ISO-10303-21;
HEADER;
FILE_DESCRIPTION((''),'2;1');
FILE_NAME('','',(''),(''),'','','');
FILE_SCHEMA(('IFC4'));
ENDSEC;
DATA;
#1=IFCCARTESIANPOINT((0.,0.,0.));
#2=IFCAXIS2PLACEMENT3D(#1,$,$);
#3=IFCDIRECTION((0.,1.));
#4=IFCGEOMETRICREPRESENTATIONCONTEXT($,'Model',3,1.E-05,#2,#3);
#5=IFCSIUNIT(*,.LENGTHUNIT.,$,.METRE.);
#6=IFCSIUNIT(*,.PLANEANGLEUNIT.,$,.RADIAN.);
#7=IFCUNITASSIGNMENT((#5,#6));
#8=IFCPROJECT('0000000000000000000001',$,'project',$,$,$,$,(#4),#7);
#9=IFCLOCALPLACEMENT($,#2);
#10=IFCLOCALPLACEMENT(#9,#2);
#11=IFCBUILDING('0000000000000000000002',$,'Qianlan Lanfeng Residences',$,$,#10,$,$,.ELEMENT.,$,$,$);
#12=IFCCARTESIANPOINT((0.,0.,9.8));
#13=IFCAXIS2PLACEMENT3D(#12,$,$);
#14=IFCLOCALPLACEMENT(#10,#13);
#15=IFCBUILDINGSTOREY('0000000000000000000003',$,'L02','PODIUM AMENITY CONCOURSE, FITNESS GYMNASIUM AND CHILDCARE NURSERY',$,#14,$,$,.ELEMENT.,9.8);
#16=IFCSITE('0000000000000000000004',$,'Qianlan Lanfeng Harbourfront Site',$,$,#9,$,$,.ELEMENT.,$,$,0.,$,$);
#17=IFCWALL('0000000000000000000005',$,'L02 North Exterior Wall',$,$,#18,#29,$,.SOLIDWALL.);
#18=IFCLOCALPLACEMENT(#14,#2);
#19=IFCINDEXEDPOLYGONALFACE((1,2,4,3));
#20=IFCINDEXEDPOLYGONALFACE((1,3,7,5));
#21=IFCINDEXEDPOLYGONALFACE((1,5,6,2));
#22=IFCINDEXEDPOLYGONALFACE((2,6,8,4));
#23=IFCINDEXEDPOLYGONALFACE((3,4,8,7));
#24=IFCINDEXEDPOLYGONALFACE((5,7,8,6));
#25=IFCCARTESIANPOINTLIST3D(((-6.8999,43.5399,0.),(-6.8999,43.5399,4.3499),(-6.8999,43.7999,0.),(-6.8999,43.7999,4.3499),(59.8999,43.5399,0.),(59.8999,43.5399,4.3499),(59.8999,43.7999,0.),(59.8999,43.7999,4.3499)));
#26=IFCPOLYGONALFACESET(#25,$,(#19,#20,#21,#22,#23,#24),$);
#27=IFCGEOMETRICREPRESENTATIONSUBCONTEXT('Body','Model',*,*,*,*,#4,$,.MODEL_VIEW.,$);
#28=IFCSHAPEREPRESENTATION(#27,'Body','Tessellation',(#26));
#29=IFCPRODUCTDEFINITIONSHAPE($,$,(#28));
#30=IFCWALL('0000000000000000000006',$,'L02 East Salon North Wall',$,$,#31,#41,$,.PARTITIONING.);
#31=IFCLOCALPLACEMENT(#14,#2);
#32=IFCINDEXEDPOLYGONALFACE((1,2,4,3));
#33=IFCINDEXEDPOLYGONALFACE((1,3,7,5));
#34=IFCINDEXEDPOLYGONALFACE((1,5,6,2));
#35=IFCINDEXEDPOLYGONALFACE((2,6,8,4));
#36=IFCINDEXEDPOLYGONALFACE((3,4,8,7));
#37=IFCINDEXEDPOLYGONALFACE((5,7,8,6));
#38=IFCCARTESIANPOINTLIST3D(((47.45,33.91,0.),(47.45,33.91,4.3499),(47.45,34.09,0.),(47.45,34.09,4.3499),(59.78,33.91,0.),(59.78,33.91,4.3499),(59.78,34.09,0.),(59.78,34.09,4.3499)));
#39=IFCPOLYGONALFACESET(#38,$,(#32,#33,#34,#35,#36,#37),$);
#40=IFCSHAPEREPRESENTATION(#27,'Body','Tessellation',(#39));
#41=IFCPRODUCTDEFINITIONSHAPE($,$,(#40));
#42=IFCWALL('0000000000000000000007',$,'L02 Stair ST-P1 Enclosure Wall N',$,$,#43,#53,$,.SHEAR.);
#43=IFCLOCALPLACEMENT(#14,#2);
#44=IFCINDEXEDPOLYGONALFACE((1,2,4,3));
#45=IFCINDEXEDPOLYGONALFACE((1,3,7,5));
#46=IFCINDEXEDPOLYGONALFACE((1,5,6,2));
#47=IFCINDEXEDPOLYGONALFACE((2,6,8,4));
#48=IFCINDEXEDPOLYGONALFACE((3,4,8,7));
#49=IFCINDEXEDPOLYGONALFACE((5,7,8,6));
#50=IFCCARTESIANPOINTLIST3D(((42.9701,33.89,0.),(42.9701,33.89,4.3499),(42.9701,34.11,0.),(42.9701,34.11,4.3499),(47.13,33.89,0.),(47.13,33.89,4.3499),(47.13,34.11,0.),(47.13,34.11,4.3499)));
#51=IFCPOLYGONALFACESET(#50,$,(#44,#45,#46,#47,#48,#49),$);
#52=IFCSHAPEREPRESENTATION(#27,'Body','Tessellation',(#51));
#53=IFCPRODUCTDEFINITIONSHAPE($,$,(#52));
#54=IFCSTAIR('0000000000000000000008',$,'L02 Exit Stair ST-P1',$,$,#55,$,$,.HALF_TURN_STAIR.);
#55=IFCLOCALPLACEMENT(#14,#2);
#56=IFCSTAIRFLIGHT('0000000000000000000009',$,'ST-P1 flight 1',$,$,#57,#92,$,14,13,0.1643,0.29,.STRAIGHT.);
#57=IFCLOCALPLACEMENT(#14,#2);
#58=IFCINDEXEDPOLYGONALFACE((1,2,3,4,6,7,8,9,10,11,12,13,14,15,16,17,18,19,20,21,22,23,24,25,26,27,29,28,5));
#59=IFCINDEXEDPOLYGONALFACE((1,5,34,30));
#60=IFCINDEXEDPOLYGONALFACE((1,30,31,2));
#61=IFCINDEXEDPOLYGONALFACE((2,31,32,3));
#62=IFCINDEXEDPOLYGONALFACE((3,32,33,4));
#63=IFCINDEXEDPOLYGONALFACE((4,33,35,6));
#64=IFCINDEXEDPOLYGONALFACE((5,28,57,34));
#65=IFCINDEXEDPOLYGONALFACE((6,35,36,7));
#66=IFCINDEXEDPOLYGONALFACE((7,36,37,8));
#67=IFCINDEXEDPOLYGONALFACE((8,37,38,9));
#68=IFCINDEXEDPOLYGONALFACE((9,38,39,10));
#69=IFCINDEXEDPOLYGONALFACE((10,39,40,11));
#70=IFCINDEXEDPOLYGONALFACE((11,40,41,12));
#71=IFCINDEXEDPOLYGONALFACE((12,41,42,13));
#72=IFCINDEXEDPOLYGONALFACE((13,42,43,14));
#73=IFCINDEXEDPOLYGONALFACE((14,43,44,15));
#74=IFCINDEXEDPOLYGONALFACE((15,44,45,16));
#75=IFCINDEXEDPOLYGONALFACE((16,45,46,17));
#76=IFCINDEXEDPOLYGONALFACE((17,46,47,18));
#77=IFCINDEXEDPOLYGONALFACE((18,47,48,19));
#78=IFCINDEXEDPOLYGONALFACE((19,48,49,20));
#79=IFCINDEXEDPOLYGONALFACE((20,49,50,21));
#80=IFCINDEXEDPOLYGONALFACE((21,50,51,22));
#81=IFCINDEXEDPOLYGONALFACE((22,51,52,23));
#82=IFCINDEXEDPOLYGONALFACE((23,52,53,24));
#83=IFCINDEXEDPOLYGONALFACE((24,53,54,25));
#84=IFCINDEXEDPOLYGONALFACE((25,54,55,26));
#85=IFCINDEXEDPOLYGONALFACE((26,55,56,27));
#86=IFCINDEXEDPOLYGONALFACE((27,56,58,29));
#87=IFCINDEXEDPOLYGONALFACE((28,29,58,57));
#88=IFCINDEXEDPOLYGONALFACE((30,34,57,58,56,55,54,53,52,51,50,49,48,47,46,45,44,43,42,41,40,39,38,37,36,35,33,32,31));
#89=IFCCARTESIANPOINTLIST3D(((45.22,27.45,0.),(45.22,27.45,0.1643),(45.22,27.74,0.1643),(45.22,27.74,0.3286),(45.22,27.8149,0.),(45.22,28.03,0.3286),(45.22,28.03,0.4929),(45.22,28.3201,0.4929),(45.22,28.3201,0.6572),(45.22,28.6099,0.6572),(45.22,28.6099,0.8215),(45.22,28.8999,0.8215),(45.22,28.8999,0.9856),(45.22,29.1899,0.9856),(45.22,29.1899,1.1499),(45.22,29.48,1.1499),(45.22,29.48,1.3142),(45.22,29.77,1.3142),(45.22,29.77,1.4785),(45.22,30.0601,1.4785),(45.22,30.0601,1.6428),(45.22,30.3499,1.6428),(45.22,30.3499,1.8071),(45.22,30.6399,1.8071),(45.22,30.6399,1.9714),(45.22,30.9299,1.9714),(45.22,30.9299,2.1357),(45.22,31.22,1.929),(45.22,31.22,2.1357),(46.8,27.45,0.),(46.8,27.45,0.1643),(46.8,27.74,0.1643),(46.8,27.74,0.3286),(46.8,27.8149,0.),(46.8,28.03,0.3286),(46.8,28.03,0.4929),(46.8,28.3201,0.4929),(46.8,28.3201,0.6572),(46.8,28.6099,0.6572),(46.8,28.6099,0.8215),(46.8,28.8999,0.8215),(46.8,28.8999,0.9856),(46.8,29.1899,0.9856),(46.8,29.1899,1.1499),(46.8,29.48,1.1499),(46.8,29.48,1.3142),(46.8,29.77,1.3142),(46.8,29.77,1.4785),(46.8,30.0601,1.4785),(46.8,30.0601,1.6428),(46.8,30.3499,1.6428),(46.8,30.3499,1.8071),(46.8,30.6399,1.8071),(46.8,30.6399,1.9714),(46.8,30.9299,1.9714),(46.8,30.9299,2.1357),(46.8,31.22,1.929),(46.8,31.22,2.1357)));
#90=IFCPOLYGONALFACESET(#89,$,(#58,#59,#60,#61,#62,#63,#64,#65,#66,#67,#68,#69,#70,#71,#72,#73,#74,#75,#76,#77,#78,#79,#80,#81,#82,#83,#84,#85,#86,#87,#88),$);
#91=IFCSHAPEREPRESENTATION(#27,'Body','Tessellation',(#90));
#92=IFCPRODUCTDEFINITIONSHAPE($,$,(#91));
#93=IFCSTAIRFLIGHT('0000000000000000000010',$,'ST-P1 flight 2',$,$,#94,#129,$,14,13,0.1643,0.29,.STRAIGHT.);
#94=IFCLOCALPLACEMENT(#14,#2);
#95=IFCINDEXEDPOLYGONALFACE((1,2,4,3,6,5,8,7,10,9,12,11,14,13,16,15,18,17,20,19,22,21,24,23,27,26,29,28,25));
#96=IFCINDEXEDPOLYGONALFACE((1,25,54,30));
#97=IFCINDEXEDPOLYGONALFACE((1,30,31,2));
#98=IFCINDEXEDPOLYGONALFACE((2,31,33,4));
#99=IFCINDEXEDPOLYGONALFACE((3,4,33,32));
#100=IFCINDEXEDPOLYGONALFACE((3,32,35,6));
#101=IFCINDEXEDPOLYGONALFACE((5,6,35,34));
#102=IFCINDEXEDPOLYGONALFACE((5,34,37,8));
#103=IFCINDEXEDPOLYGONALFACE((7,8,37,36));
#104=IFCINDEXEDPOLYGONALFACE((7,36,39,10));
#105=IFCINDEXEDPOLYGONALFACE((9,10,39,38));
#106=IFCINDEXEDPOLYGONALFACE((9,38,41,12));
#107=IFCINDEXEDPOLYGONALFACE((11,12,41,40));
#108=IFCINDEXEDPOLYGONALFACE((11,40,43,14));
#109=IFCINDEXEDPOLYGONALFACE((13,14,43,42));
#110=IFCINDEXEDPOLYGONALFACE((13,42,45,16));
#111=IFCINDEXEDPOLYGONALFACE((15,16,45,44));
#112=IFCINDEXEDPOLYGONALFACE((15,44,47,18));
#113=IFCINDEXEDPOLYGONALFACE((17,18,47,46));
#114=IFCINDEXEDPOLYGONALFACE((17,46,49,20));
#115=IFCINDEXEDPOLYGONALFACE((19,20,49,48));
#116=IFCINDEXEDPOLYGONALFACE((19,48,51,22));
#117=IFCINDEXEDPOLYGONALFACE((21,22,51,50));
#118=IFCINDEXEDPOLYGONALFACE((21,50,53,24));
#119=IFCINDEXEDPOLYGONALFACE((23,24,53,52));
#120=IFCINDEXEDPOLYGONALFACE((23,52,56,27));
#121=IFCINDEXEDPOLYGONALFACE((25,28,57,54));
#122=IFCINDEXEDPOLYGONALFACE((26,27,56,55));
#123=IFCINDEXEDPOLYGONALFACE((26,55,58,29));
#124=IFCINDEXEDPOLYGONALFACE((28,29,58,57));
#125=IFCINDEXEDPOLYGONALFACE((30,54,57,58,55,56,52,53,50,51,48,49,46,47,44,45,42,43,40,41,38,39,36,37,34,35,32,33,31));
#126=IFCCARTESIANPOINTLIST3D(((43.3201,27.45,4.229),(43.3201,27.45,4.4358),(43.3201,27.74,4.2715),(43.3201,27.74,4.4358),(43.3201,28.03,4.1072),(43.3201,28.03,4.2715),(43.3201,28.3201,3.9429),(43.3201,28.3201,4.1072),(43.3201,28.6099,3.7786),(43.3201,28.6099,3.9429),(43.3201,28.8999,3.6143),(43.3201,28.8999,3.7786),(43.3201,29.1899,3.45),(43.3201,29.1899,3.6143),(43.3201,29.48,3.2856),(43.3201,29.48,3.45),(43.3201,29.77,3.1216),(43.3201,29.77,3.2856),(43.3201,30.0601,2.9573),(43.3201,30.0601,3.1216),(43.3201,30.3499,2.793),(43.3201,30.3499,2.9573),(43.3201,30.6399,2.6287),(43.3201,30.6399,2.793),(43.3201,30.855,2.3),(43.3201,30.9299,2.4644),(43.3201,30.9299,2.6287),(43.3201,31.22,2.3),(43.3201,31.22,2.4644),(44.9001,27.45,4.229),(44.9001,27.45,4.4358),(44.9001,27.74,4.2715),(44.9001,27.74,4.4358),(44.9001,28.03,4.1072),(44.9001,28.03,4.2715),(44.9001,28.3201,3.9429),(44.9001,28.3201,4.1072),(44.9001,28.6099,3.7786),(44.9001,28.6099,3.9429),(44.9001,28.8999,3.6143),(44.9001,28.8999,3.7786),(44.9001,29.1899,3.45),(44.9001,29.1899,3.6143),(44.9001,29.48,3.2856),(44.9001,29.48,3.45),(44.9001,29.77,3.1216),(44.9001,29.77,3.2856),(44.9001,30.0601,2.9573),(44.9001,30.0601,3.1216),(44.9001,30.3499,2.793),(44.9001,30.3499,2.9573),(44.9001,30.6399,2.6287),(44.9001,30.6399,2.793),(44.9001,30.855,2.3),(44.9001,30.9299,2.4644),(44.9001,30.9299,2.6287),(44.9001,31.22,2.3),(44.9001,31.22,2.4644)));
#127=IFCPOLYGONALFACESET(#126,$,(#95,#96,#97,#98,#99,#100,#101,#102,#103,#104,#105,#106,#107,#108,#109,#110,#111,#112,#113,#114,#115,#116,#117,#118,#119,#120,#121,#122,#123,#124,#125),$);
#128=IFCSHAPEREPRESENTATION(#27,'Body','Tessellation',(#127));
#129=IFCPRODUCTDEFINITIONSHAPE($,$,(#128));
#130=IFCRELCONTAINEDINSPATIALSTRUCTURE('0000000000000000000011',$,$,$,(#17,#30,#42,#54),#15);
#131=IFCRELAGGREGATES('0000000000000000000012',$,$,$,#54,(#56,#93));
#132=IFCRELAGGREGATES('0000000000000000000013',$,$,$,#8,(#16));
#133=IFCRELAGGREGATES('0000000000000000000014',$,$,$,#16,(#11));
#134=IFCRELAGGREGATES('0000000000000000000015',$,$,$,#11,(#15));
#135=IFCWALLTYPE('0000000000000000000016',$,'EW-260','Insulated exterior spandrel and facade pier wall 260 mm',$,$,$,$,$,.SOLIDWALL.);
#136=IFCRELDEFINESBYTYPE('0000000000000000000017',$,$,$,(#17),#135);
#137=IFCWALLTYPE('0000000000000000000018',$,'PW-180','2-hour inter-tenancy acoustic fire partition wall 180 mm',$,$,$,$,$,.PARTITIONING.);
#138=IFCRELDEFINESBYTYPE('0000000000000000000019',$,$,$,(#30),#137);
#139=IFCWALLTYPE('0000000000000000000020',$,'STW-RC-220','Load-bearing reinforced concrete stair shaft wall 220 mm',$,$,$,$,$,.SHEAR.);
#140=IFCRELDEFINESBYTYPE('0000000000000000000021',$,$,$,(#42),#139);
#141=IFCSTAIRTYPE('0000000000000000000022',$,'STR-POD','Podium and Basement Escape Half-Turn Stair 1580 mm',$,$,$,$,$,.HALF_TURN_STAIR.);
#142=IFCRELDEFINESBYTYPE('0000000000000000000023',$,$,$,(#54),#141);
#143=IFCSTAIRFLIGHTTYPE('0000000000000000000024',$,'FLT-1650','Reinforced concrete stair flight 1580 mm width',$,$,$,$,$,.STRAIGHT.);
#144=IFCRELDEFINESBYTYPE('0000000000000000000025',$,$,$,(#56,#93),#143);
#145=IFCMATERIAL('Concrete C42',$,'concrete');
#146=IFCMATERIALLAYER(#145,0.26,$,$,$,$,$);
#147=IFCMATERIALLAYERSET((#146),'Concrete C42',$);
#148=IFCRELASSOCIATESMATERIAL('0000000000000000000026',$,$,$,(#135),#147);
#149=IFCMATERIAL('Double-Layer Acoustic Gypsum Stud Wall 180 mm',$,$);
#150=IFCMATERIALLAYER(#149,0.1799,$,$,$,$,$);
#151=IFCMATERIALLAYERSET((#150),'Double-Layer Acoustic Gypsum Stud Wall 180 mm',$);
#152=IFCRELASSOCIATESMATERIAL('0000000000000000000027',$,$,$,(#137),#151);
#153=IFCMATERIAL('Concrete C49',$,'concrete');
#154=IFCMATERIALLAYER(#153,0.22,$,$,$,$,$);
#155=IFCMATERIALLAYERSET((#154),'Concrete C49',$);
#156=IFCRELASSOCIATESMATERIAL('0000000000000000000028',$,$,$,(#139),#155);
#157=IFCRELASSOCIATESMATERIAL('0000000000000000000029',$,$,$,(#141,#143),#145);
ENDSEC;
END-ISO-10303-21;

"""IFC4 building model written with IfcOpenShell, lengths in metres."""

from ifc_helpers import new_model, si_unit, direction, frame, frame_2d, origin, place, context, subcontext, project, spatial, polyline, rectangle, outline, extrude, material, layer, layer_set, type_object, element, aggregate, save


model = new_model("IFC4")

# Units and contexts
model_context = context("Model", 3, precision=1e-05, world=origin(), true_north=direction((0.0, 1.0)))
body_context = subcontext(model_context, "Body", "Model", "MODEL_VIEW")
ifc_project = project(units=[si_unit("LENGTHUNIT", "METRE"), si_unit("PLANEANGLEUNIT", "RADIAN")], contexts=[model_context])

# Site, building, storey
site_placement = place(None, origin())
site = spatial("IfcSite", under=ifc_project, at=site_placement, Name="Qianlan Lanfeng Harbourfront Site", CompositionType="ELEMENT", RefElevation=0.0)
building_placement = place(site_placement, origin())
building = spatial("IfcBuilding", under=site, at=building_placement, Name="Qianlan Lanfeng Residences", CompositionType="ELEMENT")
storey_placement = place(building_placement, frame((0.0, 0.0, 9.8)))
storey = spatial("IfcBuildingStorey", under=building, at=storey_placement, Name="L02", Description="PODIUM AMENITY CONCOURSE, FITNESS GYMNASIUM AND CHILDCARE NURSERY", CompositionType="ELEMENT", Elevation=9.8)

# Walls
ifc_material_1 = material(Name="Concrete C42", Category="concrete")
ifc_layer_1 = layer(ifc_material_1, 0.26)
ifc_layer_set_1 = layer_set([ifc_layer_1], Name="Concrete C42")
wall_type_1 = type_object("IfcWallType", Name="EW-260", Description="Insulated exterior spandrel and facade pier wall 260 mm", PredefinedType="SOLIDWALL", material=ifc_layer_set_1)
wall_1_placement = place(storey_placement, frame((59.8999, 43.6699, 0.0), z_axis=(0.0, 0.0, 1.0), x_axis=(-1.0, 0.0, 0.0)))
element("IfcWall", 1, at=wall_1_placement, inside=storey, type_object=wall_type_1, Name="L02 North Exterior Wall", PredefinedType="SOLIDWALL", context=body_context, shape_type="SweptSolid", body=[
    extrude(rectangle(XDim=66.7998, YDim=0.26, at=frame_2d((33.3999, 0.0))), origin(), (0.0, 0.0, 1.0), 4.3499),
])
ifc_material_2 = material(Name="Double-Layer Acoustic Gypsum Stud Wall 180 mm")
ifc_layer_2 = layer(ifc_material_2, 0.1799)
ifc_layer_set_2 = layer_set([ifc_layer_2], Name="Double-Layer Acoustic Gypsum Stud Wall 180 mm")
wall_type_2 = type_object("IfcWallType", Name="PW-180", Description="2-hour inter-tenancy acoustic fire partition wall 180 mm", PredefinedType="PARTITIONING", material=ifc_layer_set_2)
wall_2_placement = place(storey_placement, frame((47.45, 34.0, 0.0), z_axis=(0.0, 0.0, 1.0), x_axis=(1.0, 0.0, 0.0)))
element("IfcWall", 2, at=wall_2_placement, inside=storey, type_object=wall_type_2, Name="L02 East Salon North Wall", PredefinedType="PARTITIONING", context=body_context, shape_type="SweptSolid", body=[
    extrude(rectangle(XDim=12.3301, YDim=0.1799, at=frame_2d((6.165, 0.0))), origin(), (0.0, 0.0, 1.0), 4.3499),
])
ifc_material_3 = material(Name="Concrete C49", Category="concrete")
ifc_layer_3 = layer(ifc_material_3, 0.22)
ifc_layer_set_3 = layer_set([ifc_layer_3], Name="Concrete C49")
wall_type_3 = type_object("IfcWallType", Name="STW-RC-220", Description="Load-bearing reinforced concrete stair shaft wall 220 mm", PredefinedType="SHEAR", material=ifc_layer_set_3)
wall_3_placement = place(storey_placement, frame((42.97, 34.0, 0.0), z_axis=(0.0, 0.0, 1.0), x_axis=(1.0, 0.0, 0.0)))
element("IfcWall", 3, at=wall_3_placement, inside=storey, type_object=wall_type_3, Name="L02 Stair ST-P1 Enclosure Wall N", PredefinedType="SHEAR", context=body_context, shape_type="SweptSolid", body=[
    extrude(rectangle(XDim=4.1599, YDim=0.22, at=frame_2d((2.0801, 0.0))), origin(), (0.0, 0.0, 1.0), 4.3499),
])

# Stair, stair flights
stair_type = type_object("IfcStairType", Name="STR-POD", Description="Podium and Basement Escape Half-Turn Stair 1580 mm", PredefinedType="HALF_TURN_STAIR", material=ifc_material_1)
stair_placement = place(storey_placement, origin())
stair = element("IfcStair", 4, at=stair_placement, inside=storey, type_object=stair_type, Name="L02 Exit Stair ST-P1", PredefinedType="HALF_TURN_STAIR")
stair_flight_type = type_object("IfcStairFlightType", Name="FLT-1650", Description="Reinforced concrete stair flight 1580 mm width", PredefinedType="STRAIGHT", material=ifc_material_1)
stair_flight_1_placement = place(storey_placement, frame((46.01, 27.45, 0.0), z_axis=(0.0, 0.0, 1.0), x_axis=(0.0, 1.0, 0.0)))
stair_flight_1 = element("IfcStairFlight", 5, at=stair_flight_1_placement, type_object=stair_flight_type, Name="ST-P1 flight 1", NumberOfRisers=14, NumberOfTreads=13, PredefinedType="STRAIGHT", RiserHeight=0.1643, TreadLength=0.29, context=body_context, shape_type="SweptSolid", body=[
    extrude(outline(polyline([(0.0, 0.0), (0.0, 0.1643), (0.29, 0.1643), (0.29, 0.3286), (0.5801, 0.3286), (0.5801, 0.4929), (0.8701, 0.4929), (0.8701, 0.6572), (1.1599, 0.6572), (1.1599, 0.8215), (1.45, 0.8215), (1.45, 0.9856), (1.74, 0.9856), (1.74, 1.1499), (2.03, 1.1499), (2.03, 1.3142), (2.3201, 1.3142), (2.3201, 1.4785), (2.6101, 1.4785), (2.6101, 1.6428), (2.8999, 1.6428), (2.8999, 1.8071), (3.1899, 1.8071), (3.1899, 1.9714), (3.48, 1.9714), (3.48, 2.1357), (3.77, 2.1357), (3.77, 2.3), (3.77, 1.929), (0.365, 0.0), (0.0, 0.0)])), frame((0.0, 0.79, 0.0), z_axis=(0.0, -1.0, 0.0), x_axis=(1.0, 0.0, 0.0)), (0.0, 0.0, 1.0), 1.5801),
])
stair_flight_2_placement = place(storey_placement, frame((44.1101, 31.22, 2.3), z_axis=(0.0, 0.0, 1.0), x_axis=(0.0, -1.0, 0.0)))
stair_flight_2 = element("IfcStairFlight", 6, at=stair_flight_2_placement, type_object=stair_flight_type, Name="ST-P1 flight 2", NumberOfRisers=14, NumberOfTreads=13, PredefinedType="STRAIGHT", RiserHeight=0.1643, TreadLength=0.29, context=body_context, shape_type="SweptSolid", body=[
    extrude(outline(polyline([(0.0, 0.0), (0.0, 0.1643), (0.29, 0.1643), (0.29, 0.3286), (0.5801, 0.3286), (0.5801, 0.4929), (0.8701, 0.4929), (0.8701, 0.6572), (1.1599, 0.6572), (1.1599, 0.8215), (1.45, 0.8215), (1.45, 0.9856), (1.74, 0.9856), (1.74, 1.1499), (2.03, 1.1499), (2.03, 1.3142), (2.3201, 1.3142), (2.3201, 1.4785), (2.6101, 1.4785), (2.6101, 1.6428), (2.8999, 1.6428), (2.8999, 1.8071), (3.1899, 1.8071), (3.1899, 1.9714), (3.48, 1.9714), (3.48, 2.1357), (3.77, 2.1357), (3.77, 2.3), (3.77, 1.929), (0.365, 0.0), (0.0, 0.0)])), frame((0.0, 0.79, 0.0), z_axis=(0.0, -1.0, 0.0), x_axis=(1.0, 0.0, 0.0)), (0.0, 0.0, 1.0), 1.5801),
])
aggregate(stair, [stair_flight_1, stair_flight_2])

save(model, "model.ifc")
